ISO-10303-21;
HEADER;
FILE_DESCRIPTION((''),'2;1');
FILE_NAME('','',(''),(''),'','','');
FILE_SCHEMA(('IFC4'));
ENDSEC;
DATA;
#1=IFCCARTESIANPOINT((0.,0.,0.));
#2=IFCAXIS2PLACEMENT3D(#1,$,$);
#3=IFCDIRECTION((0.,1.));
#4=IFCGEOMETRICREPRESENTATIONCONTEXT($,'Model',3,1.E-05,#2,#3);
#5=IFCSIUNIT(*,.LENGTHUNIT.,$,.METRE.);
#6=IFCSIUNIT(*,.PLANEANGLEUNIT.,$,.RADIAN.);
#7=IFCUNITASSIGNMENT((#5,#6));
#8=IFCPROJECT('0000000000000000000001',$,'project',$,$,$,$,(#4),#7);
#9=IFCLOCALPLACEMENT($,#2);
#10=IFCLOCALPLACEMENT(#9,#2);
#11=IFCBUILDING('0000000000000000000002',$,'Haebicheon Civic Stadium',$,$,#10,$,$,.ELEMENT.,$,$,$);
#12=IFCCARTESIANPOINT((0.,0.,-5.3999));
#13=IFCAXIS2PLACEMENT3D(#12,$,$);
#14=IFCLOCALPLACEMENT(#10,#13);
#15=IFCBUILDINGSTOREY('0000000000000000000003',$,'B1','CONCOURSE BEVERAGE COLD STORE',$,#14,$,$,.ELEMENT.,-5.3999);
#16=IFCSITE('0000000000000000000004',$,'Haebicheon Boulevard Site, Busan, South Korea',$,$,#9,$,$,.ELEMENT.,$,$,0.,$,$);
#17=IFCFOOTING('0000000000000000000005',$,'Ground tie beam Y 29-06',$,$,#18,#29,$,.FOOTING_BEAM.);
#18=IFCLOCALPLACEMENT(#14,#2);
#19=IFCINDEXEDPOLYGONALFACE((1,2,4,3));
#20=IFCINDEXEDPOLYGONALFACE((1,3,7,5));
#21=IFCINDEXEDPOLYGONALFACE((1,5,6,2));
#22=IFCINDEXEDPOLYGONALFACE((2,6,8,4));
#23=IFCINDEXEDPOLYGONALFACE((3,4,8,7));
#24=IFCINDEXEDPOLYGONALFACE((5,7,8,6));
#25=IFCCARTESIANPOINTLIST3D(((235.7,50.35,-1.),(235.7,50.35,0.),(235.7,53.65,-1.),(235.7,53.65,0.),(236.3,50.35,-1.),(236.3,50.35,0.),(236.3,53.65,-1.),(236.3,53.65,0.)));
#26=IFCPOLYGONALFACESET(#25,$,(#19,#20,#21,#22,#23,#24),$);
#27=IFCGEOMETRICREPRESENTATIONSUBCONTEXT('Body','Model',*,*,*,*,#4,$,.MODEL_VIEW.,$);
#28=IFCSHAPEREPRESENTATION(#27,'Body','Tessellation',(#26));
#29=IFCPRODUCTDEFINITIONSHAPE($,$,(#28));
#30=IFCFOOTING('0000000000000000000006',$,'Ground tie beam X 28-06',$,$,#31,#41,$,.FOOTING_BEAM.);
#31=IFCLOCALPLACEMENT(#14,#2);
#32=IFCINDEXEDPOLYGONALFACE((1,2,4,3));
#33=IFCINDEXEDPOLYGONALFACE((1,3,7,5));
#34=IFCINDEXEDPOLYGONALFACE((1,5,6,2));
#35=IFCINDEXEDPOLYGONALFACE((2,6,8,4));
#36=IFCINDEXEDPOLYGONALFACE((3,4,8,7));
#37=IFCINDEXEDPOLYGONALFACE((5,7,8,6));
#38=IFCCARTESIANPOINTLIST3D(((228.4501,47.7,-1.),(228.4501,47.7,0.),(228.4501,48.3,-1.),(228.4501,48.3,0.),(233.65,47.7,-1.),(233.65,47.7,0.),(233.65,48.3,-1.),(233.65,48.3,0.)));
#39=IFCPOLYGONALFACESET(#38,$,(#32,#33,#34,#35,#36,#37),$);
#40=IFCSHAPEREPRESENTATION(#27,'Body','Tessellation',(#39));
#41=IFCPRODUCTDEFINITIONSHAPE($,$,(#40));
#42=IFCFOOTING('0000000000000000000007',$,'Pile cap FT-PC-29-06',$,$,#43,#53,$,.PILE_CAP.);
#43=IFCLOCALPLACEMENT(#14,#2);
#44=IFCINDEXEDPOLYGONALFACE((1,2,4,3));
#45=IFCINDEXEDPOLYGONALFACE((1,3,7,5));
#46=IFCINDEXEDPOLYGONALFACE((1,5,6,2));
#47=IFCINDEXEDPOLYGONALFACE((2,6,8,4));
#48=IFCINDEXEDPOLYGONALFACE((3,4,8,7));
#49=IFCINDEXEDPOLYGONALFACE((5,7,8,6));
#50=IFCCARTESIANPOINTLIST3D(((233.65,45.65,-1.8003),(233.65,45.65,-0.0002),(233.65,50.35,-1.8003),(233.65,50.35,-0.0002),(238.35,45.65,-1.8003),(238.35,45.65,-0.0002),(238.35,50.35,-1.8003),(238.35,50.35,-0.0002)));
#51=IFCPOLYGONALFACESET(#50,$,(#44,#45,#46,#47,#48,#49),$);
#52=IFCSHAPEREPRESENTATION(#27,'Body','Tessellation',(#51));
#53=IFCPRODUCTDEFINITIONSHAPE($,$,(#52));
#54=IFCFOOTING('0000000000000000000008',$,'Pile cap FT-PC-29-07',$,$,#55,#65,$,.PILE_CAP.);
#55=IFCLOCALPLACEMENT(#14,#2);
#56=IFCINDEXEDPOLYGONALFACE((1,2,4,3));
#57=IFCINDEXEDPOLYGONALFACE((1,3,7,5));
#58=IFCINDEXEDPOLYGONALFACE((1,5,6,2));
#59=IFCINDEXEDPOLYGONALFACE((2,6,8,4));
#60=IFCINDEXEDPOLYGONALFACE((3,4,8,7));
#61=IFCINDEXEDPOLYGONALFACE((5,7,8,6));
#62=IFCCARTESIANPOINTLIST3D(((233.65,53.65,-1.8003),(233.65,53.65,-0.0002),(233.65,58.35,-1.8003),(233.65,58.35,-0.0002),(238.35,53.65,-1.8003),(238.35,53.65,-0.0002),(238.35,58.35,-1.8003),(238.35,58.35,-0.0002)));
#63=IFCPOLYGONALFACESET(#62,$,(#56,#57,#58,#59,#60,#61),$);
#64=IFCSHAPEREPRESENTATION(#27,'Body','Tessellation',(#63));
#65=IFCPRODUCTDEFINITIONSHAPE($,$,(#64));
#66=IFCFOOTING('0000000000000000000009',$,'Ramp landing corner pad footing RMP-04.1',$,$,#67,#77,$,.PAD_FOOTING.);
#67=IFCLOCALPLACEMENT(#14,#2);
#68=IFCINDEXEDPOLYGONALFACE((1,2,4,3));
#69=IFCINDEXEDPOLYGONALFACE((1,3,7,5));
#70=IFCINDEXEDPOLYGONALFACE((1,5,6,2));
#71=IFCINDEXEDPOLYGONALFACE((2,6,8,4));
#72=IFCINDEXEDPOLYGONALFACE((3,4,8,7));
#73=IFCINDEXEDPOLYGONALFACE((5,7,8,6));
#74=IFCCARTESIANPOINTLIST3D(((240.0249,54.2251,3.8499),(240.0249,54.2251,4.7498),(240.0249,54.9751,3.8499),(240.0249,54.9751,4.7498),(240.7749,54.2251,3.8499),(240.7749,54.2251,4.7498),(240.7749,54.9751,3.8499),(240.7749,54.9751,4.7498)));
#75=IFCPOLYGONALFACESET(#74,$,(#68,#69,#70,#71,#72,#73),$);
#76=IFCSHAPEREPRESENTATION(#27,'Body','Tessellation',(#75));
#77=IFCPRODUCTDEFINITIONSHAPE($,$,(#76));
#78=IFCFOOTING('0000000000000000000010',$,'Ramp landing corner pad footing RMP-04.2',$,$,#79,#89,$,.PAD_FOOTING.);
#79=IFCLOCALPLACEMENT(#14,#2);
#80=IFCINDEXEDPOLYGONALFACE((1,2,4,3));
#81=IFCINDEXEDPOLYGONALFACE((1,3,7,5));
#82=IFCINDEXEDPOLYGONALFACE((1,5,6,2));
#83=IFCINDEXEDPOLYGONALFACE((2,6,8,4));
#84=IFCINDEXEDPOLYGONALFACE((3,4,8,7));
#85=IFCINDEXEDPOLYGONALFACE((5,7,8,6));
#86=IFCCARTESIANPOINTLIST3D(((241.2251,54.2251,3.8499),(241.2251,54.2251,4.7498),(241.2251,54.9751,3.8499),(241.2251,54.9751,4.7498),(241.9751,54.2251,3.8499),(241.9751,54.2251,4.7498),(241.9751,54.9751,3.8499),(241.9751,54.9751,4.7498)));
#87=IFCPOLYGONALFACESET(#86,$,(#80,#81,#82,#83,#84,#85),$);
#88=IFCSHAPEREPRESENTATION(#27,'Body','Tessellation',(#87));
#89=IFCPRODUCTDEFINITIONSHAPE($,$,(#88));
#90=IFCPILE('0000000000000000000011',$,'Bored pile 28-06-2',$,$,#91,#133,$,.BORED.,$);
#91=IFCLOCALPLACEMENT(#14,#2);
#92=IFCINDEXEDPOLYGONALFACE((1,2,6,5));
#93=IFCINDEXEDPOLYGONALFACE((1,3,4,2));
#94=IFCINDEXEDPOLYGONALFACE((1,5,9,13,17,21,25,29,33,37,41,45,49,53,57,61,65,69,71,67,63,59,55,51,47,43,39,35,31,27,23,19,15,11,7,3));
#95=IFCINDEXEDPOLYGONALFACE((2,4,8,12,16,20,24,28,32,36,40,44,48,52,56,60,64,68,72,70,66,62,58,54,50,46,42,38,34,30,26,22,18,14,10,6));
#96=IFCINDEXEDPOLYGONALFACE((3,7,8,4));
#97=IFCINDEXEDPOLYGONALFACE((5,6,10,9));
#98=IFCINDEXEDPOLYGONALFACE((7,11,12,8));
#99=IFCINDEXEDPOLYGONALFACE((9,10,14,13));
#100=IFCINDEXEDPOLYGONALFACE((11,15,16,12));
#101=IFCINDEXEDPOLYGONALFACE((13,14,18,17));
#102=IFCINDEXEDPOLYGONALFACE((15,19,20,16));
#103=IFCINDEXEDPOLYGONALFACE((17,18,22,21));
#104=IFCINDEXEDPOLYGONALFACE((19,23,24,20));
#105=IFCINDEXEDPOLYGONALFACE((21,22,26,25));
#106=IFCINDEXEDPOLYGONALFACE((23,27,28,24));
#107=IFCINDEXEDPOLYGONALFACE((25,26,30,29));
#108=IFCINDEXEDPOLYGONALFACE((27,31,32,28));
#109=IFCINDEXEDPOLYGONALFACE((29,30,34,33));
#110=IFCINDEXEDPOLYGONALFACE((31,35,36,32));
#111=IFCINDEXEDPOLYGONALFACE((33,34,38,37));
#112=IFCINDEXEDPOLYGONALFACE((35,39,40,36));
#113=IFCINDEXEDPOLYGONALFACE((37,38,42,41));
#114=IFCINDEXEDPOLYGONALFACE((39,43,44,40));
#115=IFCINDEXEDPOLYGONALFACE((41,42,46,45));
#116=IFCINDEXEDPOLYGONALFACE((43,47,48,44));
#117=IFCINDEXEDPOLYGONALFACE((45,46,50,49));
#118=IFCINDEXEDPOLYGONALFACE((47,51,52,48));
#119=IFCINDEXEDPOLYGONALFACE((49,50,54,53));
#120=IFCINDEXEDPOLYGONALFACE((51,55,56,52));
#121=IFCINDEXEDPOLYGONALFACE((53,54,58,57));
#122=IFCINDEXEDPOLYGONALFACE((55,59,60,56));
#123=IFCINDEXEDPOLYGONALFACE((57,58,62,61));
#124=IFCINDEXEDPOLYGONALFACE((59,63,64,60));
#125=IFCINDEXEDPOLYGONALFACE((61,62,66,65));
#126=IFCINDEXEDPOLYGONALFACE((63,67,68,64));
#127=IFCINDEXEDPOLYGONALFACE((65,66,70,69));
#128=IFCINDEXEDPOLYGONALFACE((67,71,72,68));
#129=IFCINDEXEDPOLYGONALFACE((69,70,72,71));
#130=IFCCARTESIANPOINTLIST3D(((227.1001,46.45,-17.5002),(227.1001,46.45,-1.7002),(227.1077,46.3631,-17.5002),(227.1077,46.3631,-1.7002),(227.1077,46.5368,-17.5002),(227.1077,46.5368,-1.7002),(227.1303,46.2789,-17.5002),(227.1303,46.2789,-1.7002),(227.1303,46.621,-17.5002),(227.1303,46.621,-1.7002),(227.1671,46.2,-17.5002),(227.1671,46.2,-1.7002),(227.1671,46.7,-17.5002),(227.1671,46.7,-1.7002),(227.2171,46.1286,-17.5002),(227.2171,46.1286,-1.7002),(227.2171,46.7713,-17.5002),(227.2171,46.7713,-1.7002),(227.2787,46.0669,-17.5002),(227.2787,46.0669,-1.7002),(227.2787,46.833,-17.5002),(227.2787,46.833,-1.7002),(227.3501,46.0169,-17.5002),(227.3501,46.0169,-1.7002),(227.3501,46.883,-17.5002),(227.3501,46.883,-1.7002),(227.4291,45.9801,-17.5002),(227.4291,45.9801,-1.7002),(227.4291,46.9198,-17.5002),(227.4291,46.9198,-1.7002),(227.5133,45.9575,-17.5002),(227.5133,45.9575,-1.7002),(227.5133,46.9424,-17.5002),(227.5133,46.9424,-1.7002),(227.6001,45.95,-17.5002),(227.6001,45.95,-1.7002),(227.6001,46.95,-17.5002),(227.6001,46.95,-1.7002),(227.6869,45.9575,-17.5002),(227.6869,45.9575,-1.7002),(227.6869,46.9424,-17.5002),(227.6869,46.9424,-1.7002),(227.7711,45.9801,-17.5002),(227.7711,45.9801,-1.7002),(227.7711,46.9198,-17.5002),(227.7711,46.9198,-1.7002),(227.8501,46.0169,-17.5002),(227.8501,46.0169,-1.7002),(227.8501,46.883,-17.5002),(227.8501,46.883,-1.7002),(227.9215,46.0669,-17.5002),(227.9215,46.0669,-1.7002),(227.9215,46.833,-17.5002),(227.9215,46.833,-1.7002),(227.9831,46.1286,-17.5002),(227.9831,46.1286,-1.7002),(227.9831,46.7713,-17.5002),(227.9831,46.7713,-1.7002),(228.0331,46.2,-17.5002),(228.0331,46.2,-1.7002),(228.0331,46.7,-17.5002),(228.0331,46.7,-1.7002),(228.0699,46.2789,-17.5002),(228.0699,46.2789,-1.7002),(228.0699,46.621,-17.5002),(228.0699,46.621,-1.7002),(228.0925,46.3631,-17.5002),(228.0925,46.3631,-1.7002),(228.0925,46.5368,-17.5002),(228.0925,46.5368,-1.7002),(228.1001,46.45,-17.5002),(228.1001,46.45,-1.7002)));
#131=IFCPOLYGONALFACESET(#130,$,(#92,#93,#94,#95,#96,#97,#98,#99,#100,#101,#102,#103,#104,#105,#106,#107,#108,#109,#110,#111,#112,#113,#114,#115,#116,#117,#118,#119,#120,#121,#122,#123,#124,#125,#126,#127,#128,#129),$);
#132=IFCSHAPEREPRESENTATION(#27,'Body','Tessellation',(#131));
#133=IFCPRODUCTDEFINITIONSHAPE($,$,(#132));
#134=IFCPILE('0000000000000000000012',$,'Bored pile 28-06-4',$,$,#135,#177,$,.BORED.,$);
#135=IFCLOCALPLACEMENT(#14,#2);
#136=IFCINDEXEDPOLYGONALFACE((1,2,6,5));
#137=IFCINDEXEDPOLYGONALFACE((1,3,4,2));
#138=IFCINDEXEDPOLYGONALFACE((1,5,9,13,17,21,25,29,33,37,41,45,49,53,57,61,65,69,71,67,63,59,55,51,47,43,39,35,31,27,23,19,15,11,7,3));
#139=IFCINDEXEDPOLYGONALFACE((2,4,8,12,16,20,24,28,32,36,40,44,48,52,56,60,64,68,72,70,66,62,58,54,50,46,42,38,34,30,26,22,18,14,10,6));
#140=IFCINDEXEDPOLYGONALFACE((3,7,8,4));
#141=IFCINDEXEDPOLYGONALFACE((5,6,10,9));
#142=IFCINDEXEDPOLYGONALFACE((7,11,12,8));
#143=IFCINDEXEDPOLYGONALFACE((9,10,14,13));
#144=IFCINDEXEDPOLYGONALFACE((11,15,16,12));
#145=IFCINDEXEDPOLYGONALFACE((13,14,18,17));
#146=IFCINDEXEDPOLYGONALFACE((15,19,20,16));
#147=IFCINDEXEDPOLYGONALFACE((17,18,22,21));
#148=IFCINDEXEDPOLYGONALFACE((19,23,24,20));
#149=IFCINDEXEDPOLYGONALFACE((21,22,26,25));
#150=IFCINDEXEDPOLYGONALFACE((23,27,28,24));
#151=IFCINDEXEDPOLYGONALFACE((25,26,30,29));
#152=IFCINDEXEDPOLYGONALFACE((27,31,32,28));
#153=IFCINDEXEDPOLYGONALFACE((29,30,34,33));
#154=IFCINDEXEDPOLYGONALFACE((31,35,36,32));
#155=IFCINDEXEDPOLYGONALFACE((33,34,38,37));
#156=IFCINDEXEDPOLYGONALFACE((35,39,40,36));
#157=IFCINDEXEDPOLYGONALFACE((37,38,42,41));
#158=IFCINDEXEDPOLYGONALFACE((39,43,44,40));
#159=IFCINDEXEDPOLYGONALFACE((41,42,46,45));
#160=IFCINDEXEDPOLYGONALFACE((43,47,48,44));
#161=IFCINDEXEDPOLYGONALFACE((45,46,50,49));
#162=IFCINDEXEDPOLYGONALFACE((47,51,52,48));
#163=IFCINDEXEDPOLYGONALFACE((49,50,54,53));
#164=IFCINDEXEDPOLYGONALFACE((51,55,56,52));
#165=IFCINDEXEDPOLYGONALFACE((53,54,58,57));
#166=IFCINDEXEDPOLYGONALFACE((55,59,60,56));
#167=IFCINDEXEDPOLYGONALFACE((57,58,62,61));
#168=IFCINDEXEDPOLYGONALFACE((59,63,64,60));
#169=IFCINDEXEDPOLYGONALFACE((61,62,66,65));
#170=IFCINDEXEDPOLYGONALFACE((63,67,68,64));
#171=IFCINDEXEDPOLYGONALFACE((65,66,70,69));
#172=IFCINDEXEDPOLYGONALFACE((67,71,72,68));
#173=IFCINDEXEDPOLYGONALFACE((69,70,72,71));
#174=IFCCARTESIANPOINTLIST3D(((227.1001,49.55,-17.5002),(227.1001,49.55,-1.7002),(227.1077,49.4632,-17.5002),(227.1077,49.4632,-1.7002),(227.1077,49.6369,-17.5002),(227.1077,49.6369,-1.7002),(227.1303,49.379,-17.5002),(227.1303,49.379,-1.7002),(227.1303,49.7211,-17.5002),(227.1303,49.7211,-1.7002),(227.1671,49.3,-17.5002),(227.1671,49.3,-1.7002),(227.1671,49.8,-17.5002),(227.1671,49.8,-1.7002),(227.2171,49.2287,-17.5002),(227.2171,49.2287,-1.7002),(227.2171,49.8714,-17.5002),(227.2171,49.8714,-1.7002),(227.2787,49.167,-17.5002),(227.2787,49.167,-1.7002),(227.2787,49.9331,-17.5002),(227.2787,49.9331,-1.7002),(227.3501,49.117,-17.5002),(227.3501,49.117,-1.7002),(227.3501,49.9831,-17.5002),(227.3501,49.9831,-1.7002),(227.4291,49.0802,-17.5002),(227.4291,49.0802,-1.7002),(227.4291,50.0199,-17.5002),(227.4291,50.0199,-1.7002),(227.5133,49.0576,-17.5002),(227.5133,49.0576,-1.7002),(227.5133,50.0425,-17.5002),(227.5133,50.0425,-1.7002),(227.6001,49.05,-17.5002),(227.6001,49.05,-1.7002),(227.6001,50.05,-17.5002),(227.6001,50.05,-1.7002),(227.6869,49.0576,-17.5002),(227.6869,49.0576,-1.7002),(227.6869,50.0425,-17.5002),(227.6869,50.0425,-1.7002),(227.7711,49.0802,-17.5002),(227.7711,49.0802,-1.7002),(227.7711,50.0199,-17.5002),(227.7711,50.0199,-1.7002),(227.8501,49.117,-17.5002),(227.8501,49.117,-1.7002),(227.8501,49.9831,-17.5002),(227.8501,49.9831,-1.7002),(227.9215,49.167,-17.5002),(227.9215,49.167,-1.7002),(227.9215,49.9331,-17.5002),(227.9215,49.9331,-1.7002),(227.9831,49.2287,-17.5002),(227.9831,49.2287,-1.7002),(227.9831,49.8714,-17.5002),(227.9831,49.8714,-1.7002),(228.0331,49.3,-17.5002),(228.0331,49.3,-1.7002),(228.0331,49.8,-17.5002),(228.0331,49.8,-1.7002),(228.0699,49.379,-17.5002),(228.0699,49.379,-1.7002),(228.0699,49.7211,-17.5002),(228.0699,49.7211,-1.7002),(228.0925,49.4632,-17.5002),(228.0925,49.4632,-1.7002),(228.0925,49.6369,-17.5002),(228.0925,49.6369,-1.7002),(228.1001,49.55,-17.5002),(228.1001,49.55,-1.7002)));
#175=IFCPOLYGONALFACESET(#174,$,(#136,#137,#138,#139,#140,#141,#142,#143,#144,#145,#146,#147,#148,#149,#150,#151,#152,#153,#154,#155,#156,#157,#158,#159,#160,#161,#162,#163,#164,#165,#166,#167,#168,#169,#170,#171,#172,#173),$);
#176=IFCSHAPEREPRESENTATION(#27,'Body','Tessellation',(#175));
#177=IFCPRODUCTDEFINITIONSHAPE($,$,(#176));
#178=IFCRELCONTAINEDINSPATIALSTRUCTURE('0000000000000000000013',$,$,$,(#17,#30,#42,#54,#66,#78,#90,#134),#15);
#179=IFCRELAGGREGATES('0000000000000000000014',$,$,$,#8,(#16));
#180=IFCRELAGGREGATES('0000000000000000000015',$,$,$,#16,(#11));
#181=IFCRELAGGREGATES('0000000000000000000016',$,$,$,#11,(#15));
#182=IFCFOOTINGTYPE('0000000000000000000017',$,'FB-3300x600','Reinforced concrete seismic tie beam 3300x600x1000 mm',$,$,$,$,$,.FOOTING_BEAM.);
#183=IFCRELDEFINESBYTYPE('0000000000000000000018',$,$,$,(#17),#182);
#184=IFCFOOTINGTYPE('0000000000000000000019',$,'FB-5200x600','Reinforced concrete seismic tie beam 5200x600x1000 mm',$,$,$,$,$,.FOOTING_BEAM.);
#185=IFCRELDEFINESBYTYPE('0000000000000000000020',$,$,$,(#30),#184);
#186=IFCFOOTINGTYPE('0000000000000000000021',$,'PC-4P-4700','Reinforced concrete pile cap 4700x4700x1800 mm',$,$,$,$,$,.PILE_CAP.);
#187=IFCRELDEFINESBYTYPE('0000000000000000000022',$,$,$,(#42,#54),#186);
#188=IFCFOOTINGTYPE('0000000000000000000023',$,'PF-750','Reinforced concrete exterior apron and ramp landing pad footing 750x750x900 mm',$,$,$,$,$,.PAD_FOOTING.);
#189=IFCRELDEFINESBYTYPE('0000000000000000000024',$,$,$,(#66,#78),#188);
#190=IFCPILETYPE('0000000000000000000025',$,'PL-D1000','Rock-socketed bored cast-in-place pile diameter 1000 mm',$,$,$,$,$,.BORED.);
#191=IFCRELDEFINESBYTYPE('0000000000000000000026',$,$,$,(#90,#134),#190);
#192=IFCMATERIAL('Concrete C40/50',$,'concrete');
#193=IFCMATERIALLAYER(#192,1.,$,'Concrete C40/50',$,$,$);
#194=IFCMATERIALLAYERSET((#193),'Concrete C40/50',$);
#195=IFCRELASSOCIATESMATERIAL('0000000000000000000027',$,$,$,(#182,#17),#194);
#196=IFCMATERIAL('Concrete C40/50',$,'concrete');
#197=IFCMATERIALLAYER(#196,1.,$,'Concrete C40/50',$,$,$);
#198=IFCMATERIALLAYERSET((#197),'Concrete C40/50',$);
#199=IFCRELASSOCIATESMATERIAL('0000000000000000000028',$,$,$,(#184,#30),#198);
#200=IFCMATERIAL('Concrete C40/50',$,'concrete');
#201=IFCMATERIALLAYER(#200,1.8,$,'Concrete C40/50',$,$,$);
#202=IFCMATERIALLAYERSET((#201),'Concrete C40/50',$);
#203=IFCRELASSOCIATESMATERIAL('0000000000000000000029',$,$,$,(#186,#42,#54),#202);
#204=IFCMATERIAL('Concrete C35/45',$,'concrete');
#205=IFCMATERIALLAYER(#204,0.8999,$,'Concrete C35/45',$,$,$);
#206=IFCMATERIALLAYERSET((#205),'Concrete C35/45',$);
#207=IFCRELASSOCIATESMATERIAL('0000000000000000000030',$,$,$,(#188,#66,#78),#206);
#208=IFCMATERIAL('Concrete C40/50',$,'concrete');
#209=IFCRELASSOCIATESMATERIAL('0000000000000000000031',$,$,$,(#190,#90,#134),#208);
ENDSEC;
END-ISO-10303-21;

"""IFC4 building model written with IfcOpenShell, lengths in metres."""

from ifc_helpers import new_model, si_unit, direction, frame, origin, origin_2d, place, context, subcontext, project, spatial, rectangle, circle, extrude, material, layer, layer_set, material_profile, profile_set, type_object, element, save


model = new_model("IFC4")

# Units and contexts
model_context = context("Model", 3, precision=1e-05, world=origin(), true_north=direction((0.0, 1.0)))
body_context = subcontext(model_context, "Body", "Model", "MODEL_VIEW")
ifc_project = project(units=[si_unit("LENGTHUNIT", "METRE"), si_unit("PLANEANGLEUNIT", "RADIAN")], contexts=[model_context])

# Site, building, storey
site_placement = place(None, origin())
site = spatial("IfcSite", under=ifc_project, at=site_placement, Name="Haebicheon Boulevard Site, Busan, South Korea", CompositionType="ELEMENT", RefElevation=0.0)
building_placement = place(site_placement, origin())
building = spatial("IfcBuilding", under=site, at=building_placement, Name="Haebicheon Civic Stadium", CompositionType="ELEMENT")
storey_placement = place(building_placement, frame((0.0, 0.0, -5.3999)))
storey = spatial("IfcBuildingStorey", under=building, at=storey_placement, Name="B1", Description="CONCOURSE BEVERAGE COLD STORE", CompositionType="ELEMENT", Elevation=-5.3999)

# Footings
ifc_material_1 = material(Name="Concrete C40/50", Category="concrete")
ifc_layer_1 = layer(ifc_material_1, 1.0, Name="Concrete C40/50")
ifc_layer_set_1 = layer_set([ifc_layer_1], Name="Concrete C40/50")
footing_type_1 = type_object("IfcFootingType", Name="FB-3300x600", Description="Reinforced concrete seismic tie beam 3300x600x1000 mm", PredefinedType="FOOTING_BEAM", material=ifc_layer_set_1)
footing_1_placement = place(storey_placement, frame((236.0, 52.0, -1.0), z_axis=(0.0, 0.0, 1.0), x_axis=(0.0, 1.0, 0.0)))
element("IfcFooting", 1, at=footing_1_placement, inside=storey, type_object=footing_type_1, material=ifc_layer_set_1, Name="Ground tie beam Y 29-06", PredefinedType="FOOTING_BEAM", context=body_context, shape_type="SweptSolid", body=[
    extrude(rectangle(XDim=3.3, YDim=0.6001, at=origin_2d()), origin(), (0.0, 0.0, 1.0), 1.0),
])
ifc_material_2 = material(Name="Concrete C40/50", Category="concrete")
ifc_layer_2 = layer(ifc_material_2, 1.0, Name="Concrete C40/50")
ifc_layer_set_2 = layer_set([ifc_layer_2], Name="Concrete C40/50")
footing_type_2 = type_object("IfcFootingType", Name="FB-5200x600", Description="Reinforced concrete seismic tie beam 5200x600x1000 mm", PredefinedType="FOOTING_BEAM", material=ifc_layer_set_2)
footing_2_placement = place(storey_placement, frame((231.05, 48.0, -1.0), z_axis=(0.0, 0.0, 1.0), x_axis=(1.0, 0.0, 0.0)))
element("IfcFooting", 2, at=footing_2_placement, inside=storey, type_object=footing_type_2, material=ifc_layer_set_2, Name="Ground tie beam X 28-06", PredefinedType="FOOTING_BEAM", context=body_context, shape_type="SweptSolid", body=[
    extrude(rectangle(XDim=5.2, YDim=0.6001, at=origin_2d()), origin(), (0.0, 0.0, 1.0), 1.0),
])
ifc_material_3 = material(Name="Concrete C40/50", Category="concrete")
ifc_layer_3 = layer(ifc_material_3, 1.8, Name="Concrete C40/50")
ifc_layer_set_3 = layer_set([ifc_layer_3], Name="Concrete C40/50")
footing_type_3 = type_object("IfcFootingType", Name="PC-4P-4700", Description="Reinforced concrete pile cap 4700x4700x1800 mm", PredefinedType="PILE_CAP", material=ifc_layer_set_3)
for number, where, z_axis, x_axis, name in (
    (3, (236.0, 48.0, -1.8003), (0.0, 0.0, 1.0), (1.0, 0.0, 0.0), "Pile cap FT-PC-29-06"),
    (4, (236.0, 56.0, -1.8003), (0.0, 0.0, 1.0), (1.0, 0.0, 0.0), "Pile cap FT-PC-29-07"),
):
    element("IfcFooting", number, at=place(storey_placement, frame(where, z_axis=z_axis, x_axis=x_axis)), inside=storey, type_object=footing_type_3, material=ifc_layer_set_3, Name=name, PredefinedType="PILE_CAP", context=body_context, shape_type="SweptSolid", body=[
        extrude(rectangle(XDim=4.7, YDim=4.7, at=origin_2d()), origin(), (0.0, 0.0, 1.0), 1.8),
    ])
ifc_material_4 = material(Name="Concrete C35/45", Category="concrete")
ifc_layer_4 = layer(ifc_material_4, 0.8999, Name="Concrete C35/45")
ifc_layer_set_4 = layer_set([ifc_layer_4], Name="Concrete C35/45")
footing_type_4 = type_object("IfcFootingType", Name="PF-750", Description="Reinforced concrete exterior apron and ramp landing pad footing 750x750x900 mm", PredefinedType="PAD_FOOTING", material=ifc_layer_set_4)
for number, where, z_axis, x_axis, name in (
    (5, (240.3999, 54.6001, 3.8499), (0.0, 0.0, 1.0), (1.0, 0.0, 0.0), "Ramp landing corner pad footing RMP-04.1"),
    (6, (241.6001, 54.6001, 3.8499), (0.0, 0.0, 1.0), (1.0, 0.0, 0.0), "Ramp landing corner pad footing RMP-04.2"),
):
    element("IfcFooting", number, at=place(storey_placement, frame(where, z_axis=z_axis, x_axis=x_axis)), inside=storey, type_object=footing_type_4, material=ifc_layer_set_4, Name=name, PredefinedType="PAD_FOOTING", context=body_context, shape_type="SweptSolid", body=[
        extrude(rectangle(XDim=0.75, YDim=0.75, at=origin_2d()), origin(), (0.0, 0.0, 1.0), 0.8999),
    ])

# Piles
ifc_material_5 = material(Name="Concrete C40/50", Category="concrete")
ifc_material_profile_1 = material_profile(ifc_material_5, circle(Radius=0.5, at=origin_2d()), Name="PILE-D1000")
ifc_profile_set_1 = profile_set([ifc_material_profile_1], Name="Concrete C40/50")
pile_type = type_object("IfcPileType", Name="PL-D1000", Description="Rock-socketed bored cast-in-place pile diameter 1000 mm", PredefinedType="BORED", material=ifc_profile_set_1)
for number, where, z_axis, x_axis, name in (
    (7, (227.6001, 46.45, -1.7002), (0.0, 0.0, -1.0), (1.0, 0.0, 0.0), "Bored pile 28-06-2"),
    (8, (227.6001, 49.55, -1.7002), (0.0, 0.0, -1.0), (1.0, 0.0, 0.0), "Bored pile 28-06-4"),
):
    element("IfcPile", number, at=place(storey_placement, frame(where, z_axis=z_axis, x_axis=x_axis)), inside=storey, type_object=pile_type, material=ifc_profile_set_1, Name=name, PredefinedType="BORED", context=body_context, shape_type="SweptSolid", body=[
        extrude(circle(Radius=0.5, at=origin_2d()), origin(), (0.0, 0.0, 1.0), 15.8),
    ])

save(model, "model.ifc")
